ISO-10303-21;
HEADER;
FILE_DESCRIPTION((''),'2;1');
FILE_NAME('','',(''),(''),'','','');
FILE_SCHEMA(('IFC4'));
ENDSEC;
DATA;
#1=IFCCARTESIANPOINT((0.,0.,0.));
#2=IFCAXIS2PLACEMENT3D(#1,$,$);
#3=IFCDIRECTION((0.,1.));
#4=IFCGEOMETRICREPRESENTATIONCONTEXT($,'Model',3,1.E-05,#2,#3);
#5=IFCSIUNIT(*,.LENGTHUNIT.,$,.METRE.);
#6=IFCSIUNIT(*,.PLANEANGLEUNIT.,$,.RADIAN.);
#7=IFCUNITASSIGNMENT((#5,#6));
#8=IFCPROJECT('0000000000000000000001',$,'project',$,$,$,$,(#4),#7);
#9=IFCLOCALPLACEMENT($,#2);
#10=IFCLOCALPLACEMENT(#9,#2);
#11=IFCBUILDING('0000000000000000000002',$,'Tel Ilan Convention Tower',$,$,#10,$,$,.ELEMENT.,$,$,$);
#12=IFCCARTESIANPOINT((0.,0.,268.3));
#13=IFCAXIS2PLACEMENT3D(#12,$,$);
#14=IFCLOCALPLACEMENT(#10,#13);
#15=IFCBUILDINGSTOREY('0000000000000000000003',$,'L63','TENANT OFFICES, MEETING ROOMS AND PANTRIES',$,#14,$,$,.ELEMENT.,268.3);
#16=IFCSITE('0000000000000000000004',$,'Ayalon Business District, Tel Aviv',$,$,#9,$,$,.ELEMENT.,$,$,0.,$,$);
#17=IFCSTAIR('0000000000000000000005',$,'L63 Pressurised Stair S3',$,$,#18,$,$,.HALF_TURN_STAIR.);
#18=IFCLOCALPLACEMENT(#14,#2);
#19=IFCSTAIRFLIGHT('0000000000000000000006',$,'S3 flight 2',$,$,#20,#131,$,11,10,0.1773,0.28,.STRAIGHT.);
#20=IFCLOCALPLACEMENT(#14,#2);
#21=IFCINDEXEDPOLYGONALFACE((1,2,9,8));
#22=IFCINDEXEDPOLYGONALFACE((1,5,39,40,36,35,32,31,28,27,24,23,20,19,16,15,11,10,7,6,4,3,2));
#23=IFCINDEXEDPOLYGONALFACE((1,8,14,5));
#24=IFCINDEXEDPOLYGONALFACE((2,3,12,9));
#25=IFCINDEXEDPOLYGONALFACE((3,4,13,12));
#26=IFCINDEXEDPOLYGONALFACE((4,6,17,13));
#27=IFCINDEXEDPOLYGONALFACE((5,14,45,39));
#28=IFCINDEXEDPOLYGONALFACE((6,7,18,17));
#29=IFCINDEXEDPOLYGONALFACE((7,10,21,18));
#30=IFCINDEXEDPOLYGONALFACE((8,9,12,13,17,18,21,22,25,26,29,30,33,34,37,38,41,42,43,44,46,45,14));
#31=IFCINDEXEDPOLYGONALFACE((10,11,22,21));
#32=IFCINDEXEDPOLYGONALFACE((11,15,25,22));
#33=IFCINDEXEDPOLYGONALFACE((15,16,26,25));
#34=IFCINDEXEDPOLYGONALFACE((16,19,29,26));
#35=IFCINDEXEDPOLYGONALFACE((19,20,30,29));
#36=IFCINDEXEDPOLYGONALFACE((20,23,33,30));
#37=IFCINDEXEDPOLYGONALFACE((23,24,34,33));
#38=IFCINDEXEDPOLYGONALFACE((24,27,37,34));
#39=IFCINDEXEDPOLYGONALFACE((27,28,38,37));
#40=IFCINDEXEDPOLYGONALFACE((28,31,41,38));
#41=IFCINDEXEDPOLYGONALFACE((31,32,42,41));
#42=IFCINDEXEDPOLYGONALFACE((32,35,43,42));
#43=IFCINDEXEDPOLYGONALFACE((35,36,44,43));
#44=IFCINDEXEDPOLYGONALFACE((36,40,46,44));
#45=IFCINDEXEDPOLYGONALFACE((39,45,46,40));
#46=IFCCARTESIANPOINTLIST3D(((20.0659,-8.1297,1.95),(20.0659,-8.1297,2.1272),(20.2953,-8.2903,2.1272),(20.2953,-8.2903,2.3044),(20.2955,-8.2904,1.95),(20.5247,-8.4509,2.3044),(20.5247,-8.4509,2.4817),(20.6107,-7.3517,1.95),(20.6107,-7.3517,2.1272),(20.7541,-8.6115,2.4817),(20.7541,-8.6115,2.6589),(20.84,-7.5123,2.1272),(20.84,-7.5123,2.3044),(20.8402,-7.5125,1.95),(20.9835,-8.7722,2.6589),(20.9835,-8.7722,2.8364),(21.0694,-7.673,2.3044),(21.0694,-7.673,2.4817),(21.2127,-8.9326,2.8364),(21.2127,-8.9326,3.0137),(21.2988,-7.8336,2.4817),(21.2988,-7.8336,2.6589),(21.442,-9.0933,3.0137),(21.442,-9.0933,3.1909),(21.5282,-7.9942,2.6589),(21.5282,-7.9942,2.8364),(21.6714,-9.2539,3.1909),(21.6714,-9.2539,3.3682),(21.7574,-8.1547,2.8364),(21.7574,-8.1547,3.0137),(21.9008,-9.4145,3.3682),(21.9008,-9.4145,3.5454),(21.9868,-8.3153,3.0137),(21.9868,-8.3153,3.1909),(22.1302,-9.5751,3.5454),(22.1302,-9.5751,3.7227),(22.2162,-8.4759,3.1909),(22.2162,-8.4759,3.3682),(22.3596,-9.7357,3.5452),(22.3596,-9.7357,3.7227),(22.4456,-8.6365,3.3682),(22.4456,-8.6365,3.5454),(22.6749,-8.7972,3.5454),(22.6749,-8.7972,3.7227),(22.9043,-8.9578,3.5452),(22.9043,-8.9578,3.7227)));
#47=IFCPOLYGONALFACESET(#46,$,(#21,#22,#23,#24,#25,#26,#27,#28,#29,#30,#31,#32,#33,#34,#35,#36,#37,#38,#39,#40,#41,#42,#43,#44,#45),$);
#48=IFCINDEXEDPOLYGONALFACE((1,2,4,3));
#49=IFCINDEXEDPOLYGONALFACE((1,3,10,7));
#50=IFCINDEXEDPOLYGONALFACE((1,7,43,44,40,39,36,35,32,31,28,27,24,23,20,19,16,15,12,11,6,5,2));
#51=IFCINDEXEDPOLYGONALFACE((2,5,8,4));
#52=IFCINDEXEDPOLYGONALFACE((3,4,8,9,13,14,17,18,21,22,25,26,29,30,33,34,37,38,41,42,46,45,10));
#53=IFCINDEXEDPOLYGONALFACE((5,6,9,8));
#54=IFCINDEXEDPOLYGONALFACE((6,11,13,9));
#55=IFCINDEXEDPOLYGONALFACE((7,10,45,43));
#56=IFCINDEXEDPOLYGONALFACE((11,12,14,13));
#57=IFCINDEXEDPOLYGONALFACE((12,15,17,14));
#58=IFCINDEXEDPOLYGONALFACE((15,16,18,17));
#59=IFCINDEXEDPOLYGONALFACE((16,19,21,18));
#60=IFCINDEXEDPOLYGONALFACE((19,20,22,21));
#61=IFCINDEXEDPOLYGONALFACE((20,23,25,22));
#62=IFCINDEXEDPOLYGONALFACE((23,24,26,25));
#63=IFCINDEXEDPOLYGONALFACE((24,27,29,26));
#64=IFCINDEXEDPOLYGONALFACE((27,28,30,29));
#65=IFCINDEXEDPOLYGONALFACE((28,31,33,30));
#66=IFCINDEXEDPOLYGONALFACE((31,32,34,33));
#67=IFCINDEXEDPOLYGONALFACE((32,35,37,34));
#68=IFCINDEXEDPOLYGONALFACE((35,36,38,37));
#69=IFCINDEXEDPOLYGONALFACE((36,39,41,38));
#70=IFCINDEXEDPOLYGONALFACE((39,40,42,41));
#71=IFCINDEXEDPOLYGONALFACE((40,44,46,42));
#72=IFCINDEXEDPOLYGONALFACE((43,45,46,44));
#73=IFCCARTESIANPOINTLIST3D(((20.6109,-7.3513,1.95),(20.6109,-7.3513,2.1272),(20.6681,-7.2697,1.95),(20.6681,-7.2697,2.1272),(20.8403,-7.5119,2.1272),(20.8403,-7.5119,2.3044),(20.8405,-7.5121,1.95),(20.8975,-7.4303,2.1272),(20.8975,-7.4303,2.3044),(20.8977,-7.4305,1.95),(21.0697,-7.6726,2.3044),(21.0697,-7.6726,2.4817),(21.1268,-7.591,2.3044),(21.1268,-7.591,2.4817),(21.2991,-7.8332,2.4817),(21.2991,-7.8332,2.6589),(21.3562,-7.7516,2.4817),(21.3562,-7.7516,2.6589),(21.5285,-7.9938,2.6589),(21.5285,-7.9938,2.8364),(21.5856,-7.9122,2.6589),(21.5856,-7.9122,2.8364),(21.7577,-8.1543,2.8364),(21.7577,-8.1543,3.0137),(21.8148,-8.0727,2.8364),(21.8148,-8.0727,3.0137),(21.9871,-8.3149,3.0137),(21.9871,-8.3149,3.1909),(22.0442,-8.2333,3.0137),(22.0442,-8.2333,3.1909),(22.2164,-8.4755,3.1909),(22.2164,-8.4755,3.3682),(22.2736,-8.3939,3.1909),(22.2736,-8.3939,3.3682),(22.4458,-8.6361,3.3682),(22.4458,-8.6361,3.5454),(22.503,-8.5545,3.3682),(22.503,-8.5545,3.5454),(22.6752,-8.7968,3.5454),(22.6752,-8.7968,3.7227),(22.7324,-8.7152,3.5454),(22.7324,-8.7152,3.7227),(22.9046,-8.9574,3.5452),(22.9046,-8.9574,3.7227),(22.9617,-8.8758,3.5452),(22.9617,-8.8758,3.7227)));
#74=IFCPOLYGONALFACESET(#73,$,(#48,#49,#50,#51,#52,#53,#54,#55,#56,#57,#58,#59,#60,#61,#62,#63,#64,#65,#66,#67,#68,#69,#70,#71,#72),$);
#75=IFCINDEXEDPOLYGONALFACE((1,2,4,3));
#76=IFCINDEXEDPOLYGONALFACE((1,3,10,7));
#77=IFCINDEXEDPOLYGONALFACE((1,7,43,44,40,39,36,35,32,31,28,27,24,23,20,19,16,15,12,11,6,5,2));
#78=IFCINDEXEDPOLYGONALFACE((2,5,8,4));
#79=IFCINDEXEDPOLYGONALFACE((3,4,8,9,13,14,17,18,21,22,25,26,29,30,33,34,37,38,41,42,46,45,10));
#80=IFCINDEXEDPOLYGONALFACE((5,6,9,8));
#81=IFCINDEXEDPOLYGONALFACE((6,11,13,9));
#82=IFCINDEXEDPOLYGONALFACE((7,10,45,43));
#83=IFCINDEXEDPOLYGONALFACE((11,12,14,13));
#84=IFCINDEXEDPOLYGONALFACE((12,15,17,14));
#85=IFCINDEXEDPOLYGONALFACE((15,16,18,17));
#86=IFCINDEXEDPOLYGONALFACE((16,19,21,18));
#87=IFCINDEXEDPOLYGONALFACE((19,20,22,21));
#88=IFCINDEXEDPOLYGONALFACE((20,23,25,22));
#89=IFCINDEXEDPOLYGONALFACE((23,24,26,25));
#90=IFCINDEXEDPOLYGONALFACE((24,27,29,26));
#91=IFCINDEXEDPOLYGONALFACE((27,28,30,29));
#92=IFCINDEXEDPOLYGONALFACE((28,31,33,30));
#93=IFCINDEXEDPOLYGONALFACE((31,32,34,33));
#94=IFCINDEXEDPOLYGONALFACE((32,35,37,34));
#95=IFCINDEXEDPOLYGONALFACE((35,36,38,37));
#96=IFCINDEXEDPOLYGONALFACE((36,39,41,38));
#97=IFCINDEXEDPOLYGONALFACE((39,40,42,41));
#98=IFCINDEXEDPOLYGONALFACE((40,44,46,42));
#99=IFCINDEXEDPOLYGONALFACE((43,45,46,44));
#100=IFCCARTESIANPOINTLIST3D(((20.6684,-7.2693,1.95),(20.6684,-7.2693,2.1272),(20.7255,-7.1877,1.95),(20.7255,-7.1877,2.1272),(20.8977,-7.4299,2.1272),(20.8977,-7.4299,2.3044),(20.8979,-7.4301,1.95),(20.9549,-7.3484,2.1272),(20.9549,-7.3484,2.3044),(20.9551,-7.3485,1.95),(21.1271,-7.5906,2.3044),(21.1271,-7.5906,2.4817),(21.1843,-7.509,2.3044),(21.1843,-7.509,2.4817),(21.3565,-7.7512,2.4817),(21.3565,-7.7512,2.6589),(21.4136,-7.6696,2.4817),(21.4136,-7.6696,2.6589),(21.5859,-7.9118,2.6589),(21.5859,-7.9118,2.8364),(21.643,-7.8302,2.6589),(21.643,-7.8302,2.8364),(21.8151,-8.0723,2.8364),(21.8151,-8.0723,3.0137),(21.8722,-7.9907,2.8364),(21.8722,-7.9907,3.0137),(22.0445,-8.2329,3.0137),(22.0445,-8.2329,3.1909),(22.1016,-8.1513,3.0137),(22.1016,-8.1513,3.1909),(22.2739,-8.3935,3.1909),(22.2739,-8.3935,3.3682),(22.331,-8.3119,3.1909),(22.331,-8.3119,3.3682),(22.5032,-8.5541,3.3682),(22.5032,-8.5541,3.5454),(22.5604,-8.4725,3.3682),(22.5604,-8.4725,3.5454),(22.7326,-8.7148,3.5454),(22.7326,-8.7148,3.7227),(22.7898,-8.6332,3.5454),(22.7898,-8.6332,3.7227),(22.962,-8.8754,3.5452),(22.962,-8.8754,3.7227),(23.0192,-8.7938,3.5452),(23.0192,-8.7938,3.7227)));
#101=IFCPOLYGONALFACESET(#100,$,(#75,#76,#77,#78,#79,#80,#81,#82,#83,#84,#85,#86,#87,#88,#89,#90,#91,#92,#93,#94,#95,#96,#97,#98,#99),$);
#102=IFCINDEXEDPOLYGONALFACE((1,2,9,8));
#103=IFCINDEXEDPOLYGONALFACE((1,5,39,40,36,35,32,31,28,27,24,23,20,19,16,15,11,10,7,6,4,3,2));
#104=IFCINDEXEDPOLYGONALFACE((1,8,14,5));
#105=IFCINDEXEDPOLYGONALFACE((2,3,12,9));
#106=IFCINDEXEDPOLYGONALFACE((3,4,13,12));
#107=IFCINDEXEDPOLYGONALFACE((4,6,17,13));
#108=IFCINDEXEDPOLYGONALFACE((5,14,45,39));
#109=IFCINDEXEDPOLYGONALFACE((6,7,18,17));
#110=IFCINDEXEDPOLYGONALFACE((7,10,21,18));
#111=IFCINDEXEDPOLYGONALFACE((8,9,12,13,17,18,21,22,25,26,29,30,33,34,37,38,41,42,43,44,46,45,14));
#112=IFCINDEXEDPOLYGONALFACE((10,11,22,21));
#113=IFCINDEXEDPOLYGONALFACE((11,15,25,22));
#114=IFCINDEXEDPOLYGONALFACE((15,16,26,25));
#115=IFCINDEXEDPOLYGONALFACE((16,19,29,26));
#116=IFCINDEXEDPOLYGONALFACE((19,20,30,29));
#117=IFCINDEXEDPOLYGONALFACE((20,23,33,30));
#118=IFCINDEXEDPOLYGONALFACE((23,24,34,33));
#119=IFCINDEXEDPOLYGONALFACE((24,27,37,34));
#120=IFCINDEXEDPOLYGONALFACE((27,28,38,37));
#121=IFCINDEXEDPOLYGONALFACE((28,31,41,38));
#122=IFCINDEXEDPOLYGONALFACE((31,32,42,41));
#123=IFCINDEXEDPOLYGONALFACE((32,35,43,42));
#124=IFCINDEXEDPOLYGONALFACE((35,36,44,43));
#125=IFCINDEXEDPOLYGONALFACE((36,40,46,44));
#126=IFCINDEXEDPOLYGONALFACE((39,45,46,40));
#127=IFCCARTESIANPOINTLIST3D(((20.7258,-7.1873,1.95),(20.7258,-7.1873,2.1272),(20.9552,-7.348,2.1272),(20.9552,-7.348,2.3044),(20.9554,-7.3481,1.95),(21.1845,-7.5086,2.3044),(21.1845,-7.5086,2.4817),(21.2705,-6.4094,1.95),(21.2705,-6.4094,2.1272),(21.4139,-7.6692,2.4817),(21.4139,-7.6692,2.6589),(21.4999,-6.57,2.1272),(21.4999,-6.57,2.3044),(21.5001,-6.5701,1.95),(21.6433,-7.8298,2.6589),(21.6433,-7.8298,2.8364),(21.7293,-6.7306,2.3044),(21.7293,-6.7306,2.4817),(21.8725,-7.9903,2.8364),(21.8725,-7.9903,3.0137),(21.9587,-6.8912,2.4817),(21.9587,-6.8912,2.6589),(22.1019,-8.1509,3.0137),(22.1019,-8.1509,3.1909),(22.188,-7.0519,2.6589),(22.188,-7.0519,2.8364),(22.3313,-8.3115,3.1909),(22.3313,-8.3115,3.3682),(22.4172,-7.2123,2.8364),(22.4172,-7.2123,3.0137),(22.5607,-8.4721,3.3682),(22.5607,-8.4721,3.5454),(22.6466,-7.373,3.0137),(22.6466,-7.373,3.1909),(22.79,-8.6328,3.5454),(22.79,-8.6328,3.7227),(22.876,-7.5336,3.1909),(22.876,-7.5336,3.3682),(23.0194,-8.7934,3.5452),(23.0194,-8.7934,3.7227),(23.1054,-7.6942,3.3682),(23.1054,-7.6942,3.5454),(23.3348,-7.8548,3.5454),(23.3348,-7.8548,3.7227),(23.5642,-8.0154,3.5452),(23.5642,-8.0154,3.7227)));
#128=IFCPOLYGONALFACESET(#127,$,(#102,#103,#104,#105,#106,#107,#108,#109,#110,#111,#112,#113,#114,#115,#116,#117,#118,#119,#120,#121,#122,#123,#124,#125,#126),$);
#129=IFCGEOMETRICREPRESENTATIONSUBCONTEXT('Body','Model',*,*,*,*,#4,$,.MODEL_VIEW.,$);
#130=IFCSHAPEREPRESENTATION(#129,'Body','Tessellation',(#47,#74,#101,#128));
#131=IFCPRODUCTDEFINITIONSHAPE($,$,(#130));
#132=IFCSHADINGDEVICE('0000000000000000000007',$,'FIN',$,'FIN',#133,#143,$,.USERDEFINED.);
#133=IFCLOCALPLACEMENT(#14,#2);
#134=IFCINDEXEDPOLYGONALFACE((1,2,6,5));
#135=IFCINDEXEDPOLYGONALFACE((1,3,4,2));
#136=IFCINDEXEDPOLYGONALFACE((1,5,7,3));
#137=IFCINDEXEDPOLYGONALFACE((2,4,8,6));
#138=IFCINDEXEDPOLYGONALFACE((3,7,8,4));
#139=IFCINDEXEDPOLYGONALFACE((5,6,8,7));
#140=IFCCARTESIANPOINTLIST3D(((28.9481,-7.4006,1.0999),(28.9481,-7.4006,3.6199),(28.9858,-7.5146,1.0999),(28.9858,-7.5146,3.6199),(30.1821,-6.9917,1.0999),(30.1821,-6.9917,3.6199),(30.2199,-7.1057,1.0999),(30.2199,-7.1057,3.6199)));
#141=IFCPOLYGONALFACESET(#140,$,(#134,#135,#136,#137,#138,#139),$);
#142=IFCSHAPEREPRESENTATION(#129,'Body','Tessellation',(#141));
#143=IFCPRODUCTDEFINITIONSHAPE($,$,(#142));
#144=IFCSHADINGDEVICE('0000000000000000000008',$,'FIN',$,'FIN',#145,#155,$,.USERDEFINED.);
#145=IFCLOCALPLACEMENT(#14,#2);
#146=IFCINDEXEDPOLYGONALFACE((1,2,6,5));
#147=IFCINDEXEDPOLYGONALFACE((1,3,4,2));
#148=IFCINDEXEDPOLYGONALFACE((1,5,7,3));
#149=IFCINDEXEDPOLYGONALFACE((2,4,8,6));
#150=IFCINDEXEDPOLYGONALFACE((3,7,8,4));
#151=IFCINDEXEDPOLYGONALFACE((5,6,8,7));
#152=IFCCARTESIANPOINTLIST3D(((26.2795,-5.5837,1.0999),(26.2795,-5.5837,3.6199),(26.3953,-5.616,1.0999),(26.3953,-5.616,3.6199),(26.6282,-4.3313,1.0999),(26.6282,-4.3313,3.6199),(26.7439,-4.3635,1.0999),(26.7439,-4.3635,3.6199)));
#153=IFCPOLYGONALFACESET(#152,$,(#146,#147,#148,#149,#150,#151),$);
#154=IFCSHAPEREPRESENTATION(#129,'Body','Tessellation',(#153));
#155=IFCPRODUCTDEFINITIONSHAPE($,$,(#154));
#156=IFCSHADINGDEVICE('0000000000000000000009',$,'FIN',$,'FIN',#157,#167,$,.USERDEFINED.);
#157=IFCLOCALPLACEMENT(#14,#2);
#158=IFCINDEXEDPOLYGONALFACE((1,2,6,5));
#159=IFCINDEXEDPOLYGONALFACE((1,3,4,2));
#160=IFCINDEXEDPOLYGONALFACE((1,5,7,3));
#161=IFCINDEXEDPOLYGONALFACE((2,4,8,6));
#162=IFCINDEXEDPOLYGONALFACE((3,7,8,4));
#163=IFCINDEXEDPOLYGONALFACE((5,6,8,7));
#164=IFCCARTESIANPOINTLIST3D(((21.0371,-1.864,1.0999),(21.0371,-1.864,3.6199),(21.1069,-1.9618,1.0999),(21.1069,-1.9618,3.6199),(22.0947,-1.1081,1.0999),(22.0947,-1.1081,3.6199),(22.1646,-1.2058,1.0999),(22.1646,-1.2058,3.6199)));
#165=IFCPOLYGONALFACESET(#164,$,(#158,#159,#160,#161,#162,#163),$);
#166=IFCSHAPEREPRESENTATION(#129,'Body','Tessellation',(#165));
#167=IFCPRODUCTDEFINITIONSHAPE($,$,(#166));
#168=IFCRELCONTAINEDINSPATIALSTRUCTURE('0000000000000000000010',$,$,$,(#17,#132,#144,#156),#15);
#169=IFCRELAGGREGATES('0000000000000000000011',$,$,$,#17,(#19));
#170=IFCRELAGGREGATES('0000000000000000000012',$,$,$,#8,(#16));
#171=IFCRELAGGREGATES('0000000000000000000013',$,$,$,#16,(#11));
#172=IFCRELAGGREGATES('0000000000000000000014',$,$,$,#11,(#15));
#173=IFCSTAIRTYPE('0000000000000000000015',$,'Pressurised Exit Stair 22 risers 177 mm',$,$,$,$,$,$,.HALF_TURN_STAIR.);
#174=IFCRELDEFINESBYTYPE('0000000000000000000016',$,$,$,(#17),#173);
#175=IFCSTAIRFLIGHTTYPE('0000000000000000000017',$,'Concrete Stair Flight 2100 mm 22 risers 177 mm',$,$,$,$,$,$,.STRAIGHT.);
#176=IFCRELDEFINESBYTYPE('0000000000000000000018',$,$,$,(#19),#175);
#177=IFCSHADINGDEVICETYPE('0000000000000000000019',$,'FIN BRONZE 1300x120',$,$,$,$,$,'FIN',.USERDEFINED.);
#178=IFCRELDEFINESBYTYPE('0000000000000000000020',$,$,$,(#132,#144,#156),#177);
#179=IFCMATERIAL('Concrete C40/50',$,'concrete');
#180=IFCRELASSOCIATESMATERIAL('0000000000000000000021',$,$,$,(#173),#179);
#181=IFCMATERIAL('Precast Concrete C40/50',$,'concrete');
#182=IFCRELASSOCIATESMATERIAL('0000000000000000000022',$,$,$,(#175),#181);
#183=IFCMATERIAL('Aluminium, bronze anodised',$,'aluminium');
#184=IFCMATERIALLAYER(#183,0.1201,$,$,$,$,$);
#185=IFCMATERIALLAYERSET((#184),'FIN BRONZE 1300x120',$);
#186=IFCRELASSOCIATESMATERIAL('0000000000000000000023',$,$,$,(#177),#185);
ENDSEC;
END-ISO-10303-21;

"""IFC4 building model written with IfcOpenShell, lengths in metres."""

from ifc_helpers import new_model, si_unit, direction, frame, origin, origin_2d, place, context, subcontext, project, spatial, polyline, rectangle, outline, extrude, material, layer, layer_set, type_object, element, aggregate, save


model = new_model("IFC4")

# Units and contexts
model_context = context("Model", 3, precision=1e-05, world=origin(), true_north=direction((0.0, 1.0)))
body_context = subcontext(model_context, "Body", "Model", "MODEL_VIEW")
ifc_project = project(units=[si_unit("LENGTHUNIT", "METRE"), si_unit("PLANEANGLEUNIT", "RADIAN")], contexts=[model_context])

# Site, building, storey
site_placement = place(None, origin())
site = spatial("IfcSite", under=ifc_project, at=site_placement, Name="Ayalon Business District, Tel Aviv", CompositionType="ELEMENT", RefElevation=0.0)
building_placement = place(site_placement, origin())
building = spatial("IfcBuilding", under=site, at=building_placement, Name="Tel Ilan Convention Tower", CompositionType="ELEMENT")
storey_placement = place(building_placement, frame((0.0, 0.0, 268.3)))
storey = spatial("IfcBuildingStorey", under=building, at=storey_placement, Name="L63", Description="TENANT OFFICES, MEETING ROOMS AND PANTRIES", CompositionType="ELEMENT", Elevation=268.3)

# Stair, stair flight
ifc_material_1 = material(Name="Concrete C40/50", Category="concrete")
stair_type = type_object("IfcStairType", Name="Pressurised Exit Stair 22 risers 177 mm", PredefinedType="HALF_TURN_STAIR", material=ifc_material_1)
stair_placement = place(storey_placement, origin())
stair = element("IfcStair", 1, at=stair_placement, inside=storey, type_object=stair_type, Name="L63 Pressurised Stair S3", PredefinedType="HALF_TURN_STAIR")
ifc_material_2 = material(Name="Precast Concrete C40/50", Category="concrete")
stair_flight_type = type_object("IfcStairFlightType", Name="Concrete Stair Flight 2100 mm 22 risers 177 mm", PredefinedType="STRAIGHT", material=ifc_material_2)
stair_flight_1_placement = place(storey_placement, frame((20.6682, -7.2695, 1.95), z_axis=(0.0, 0.0, 1.0), x_axis=(0.819152, -0.573576, 0.0)))
stair_flight_1 = element("IfcStairFlight", 2, at=stair_flight_1_placement, type_object=stair_flight_type, Name="S3 flight 2", NumberOfRisers=11, NumberOfTreads=10, PredefinedType="STRAIGHT", RiserHeight=0.1773, TreadLength=0.28, context=body_context, shape_type="SweptSolid", body=[
    extrude(outline(polyline([(0.0, 0.0), (0.0, 0.1772), (0.28, 0.1772), (0.28, 0.3545), (0.5601, 0.3545), (0.5601, 0.5317), (0.8401, 0.5317), (0.8401, 0.709), (1.1201, 0.709), (1.1201, 0.8865), (1.3999, 0.8865), (1.3999, 1.0637), (1.6799, 1.0637), (1.6799, 1.241), (1.96, 1.241), (1.96, 1.4182), (2.24, 1.4182), (2.24, 1.5955), (2.52, 1.5955), (2.52, 1.7727), (2.8, 1.7727), (2.8, 1.95), (2.8, 1.5952), (0.2803, 0.0), (0.0, 0.0)])), frame((0.0, -0.1003, 0.0), z_axis=(0.0, -1.0, 0.0), x_axis=(1.0, 0.0, 0.0)), (0.0, 0.0, 1.0), 0.9497),
    extrude(outline(polyline([(0.0, 0.0), (0.0, 0.1772), (0.28, 0.1772), (0.28, 0.3545), (0.5601, 0.3545), (0.5601, 0.5317), (0.8401, 0.5317), (0.8401, 0.709), (1.1201, 0.709), (1.1201, 0.8865), (1.3999, 0.8865), (1.3999, 1.0637), (1.6799, 1.0637), (1.6799, 1.241), (1.96, 1.241), (1.96, 1.4182), (2.24, 1.4182), (2.24, 1.5955), (2.52, 1.5955), (2.52, 1.7727), (2.8, 1.7727), (2.8, 1.95), (2.8, 1.5952), (0.2803, 0.0), (0.0, 0.0)])), frame((0.0, -0.0002, 0.0), z_axis=(0.0, -1.0, 0.0), x_axis=(1.0, 0.0, 0.0)), (0.0, 0.0, 1.0), 0.0996),
    extrude(outline(polyline([(0.0, 0.0), (0.0, 0.1772), (0.28, 0.1772), (0.28, 0.3545), (0.5601, 0.3545), (0.5601, 0.5317), (0.8401, 0.5317), (0.8401, 0.709), (1.1201, 0.709), (1.1201, 0.8865), (1.3999, 0.8865), (1.3999, 1.0637), (1.6799, 1.0637), (1.6799, 1.241), (1.96, 1.241), (1.96, 1.4182), (2.24, 1.4182), (2.24, 1.5955), (2.52, 1.5955), (2.52, 1.7727), (2.8, 1.7727), (2.8, 1.95), (2.8, 1.5952), (0.2803, 0.0), (0.0, 0.0)])), frame((0.0, 0.0999, 0.0), z_axis=(0.0, -1.0, 0.0), x_axis=(1.0, 0.0, 0.0)), (0.0, 0.0, 1.0), 0.0996),
    extrude(outline(polyline([(0.0, 0.0), (0.0, 0.1772), (0.28, 0.1772), (0.28, 0.3545), (0.5601, 0.3545), (0.5601, 0.5317), (0.8401, 0.5317), (0.8401, 0.709), (1.1201, 0.709), (1.1201, 0.8865), (1.3999, 0.8865), (1.3999, 1.0637), (1.6799, 1.0637), (1.6799, 1.241), (1.96, 1.241), (1.96, 1.4182), (2.24, 1.4182), (2.24, 1.5955), (2.52, 1.5955), (2.52, 1.7727), (2.8, 1.7727), (2.8, 1.95), (2.8, 1.5952), (0.2803, 0.0), (0.0, 0.0)])), frame((0.0, 1.05, 0.0), z_axis=(0.0, -1.0, 0.0), x_axis=(1.0, 0.0, 0.0)), (0.0, 0.0, 1.0), 0.9497),
])
aggregate(stair, [stair_flight_1])

# Shading devices
ifc_material_3 = material(Name="Aluminium, bronze anodised", Category="aluminium")
ifc_layer_1 = layer(ifc_material_3, 0.1201)
ifc_layer_set_1 = layer_set([ifc_layer_1], Name="FIN BRONZE 1300x120")
shading_device_type = type_object("IfcShadingDeviceType", Name="FIN BRONZE 1300x120", ElementType="FIN", PredefinedType="USERDEFINED", material=ifc_layer_set_1)
for number, where, z_axis, x_axis, name in (
    (3, (29.584, -7.2532, 1.0999), (0.0, 0.0, 1.0), (0.949243, 0.314545, 0.0), "FIN"),
    (4, (26.5117, -4.9736, 1.0999), (0.0, 0.0, 1.0), (0.268173, 0.963371, 0.0), "FIN"),
    (5, (21.6008, -1.5349, 1.0999), (0.0, 0.0, 1.0), (0.813552, 0.581492, 0.0), "FIN"),
):
    element("IfcShadingDevice", number, at=place(storey_placement, frame(where, z_axis=z_axis, x_axis=x_axis)), inside=storey, type_object=shading_device_type, Name=name, ObjectType="FIN", PredefinedType="USERDEFINED", context=body_context, shape_type="SweptSolid", body=[
        extrude(rectangle(XDim=1.3, YDim=0.1201, at=origin_2d()), origin(), (0.0, 0.0, 1.0), 2.52),
    ])

save(model, "model.ifc")
